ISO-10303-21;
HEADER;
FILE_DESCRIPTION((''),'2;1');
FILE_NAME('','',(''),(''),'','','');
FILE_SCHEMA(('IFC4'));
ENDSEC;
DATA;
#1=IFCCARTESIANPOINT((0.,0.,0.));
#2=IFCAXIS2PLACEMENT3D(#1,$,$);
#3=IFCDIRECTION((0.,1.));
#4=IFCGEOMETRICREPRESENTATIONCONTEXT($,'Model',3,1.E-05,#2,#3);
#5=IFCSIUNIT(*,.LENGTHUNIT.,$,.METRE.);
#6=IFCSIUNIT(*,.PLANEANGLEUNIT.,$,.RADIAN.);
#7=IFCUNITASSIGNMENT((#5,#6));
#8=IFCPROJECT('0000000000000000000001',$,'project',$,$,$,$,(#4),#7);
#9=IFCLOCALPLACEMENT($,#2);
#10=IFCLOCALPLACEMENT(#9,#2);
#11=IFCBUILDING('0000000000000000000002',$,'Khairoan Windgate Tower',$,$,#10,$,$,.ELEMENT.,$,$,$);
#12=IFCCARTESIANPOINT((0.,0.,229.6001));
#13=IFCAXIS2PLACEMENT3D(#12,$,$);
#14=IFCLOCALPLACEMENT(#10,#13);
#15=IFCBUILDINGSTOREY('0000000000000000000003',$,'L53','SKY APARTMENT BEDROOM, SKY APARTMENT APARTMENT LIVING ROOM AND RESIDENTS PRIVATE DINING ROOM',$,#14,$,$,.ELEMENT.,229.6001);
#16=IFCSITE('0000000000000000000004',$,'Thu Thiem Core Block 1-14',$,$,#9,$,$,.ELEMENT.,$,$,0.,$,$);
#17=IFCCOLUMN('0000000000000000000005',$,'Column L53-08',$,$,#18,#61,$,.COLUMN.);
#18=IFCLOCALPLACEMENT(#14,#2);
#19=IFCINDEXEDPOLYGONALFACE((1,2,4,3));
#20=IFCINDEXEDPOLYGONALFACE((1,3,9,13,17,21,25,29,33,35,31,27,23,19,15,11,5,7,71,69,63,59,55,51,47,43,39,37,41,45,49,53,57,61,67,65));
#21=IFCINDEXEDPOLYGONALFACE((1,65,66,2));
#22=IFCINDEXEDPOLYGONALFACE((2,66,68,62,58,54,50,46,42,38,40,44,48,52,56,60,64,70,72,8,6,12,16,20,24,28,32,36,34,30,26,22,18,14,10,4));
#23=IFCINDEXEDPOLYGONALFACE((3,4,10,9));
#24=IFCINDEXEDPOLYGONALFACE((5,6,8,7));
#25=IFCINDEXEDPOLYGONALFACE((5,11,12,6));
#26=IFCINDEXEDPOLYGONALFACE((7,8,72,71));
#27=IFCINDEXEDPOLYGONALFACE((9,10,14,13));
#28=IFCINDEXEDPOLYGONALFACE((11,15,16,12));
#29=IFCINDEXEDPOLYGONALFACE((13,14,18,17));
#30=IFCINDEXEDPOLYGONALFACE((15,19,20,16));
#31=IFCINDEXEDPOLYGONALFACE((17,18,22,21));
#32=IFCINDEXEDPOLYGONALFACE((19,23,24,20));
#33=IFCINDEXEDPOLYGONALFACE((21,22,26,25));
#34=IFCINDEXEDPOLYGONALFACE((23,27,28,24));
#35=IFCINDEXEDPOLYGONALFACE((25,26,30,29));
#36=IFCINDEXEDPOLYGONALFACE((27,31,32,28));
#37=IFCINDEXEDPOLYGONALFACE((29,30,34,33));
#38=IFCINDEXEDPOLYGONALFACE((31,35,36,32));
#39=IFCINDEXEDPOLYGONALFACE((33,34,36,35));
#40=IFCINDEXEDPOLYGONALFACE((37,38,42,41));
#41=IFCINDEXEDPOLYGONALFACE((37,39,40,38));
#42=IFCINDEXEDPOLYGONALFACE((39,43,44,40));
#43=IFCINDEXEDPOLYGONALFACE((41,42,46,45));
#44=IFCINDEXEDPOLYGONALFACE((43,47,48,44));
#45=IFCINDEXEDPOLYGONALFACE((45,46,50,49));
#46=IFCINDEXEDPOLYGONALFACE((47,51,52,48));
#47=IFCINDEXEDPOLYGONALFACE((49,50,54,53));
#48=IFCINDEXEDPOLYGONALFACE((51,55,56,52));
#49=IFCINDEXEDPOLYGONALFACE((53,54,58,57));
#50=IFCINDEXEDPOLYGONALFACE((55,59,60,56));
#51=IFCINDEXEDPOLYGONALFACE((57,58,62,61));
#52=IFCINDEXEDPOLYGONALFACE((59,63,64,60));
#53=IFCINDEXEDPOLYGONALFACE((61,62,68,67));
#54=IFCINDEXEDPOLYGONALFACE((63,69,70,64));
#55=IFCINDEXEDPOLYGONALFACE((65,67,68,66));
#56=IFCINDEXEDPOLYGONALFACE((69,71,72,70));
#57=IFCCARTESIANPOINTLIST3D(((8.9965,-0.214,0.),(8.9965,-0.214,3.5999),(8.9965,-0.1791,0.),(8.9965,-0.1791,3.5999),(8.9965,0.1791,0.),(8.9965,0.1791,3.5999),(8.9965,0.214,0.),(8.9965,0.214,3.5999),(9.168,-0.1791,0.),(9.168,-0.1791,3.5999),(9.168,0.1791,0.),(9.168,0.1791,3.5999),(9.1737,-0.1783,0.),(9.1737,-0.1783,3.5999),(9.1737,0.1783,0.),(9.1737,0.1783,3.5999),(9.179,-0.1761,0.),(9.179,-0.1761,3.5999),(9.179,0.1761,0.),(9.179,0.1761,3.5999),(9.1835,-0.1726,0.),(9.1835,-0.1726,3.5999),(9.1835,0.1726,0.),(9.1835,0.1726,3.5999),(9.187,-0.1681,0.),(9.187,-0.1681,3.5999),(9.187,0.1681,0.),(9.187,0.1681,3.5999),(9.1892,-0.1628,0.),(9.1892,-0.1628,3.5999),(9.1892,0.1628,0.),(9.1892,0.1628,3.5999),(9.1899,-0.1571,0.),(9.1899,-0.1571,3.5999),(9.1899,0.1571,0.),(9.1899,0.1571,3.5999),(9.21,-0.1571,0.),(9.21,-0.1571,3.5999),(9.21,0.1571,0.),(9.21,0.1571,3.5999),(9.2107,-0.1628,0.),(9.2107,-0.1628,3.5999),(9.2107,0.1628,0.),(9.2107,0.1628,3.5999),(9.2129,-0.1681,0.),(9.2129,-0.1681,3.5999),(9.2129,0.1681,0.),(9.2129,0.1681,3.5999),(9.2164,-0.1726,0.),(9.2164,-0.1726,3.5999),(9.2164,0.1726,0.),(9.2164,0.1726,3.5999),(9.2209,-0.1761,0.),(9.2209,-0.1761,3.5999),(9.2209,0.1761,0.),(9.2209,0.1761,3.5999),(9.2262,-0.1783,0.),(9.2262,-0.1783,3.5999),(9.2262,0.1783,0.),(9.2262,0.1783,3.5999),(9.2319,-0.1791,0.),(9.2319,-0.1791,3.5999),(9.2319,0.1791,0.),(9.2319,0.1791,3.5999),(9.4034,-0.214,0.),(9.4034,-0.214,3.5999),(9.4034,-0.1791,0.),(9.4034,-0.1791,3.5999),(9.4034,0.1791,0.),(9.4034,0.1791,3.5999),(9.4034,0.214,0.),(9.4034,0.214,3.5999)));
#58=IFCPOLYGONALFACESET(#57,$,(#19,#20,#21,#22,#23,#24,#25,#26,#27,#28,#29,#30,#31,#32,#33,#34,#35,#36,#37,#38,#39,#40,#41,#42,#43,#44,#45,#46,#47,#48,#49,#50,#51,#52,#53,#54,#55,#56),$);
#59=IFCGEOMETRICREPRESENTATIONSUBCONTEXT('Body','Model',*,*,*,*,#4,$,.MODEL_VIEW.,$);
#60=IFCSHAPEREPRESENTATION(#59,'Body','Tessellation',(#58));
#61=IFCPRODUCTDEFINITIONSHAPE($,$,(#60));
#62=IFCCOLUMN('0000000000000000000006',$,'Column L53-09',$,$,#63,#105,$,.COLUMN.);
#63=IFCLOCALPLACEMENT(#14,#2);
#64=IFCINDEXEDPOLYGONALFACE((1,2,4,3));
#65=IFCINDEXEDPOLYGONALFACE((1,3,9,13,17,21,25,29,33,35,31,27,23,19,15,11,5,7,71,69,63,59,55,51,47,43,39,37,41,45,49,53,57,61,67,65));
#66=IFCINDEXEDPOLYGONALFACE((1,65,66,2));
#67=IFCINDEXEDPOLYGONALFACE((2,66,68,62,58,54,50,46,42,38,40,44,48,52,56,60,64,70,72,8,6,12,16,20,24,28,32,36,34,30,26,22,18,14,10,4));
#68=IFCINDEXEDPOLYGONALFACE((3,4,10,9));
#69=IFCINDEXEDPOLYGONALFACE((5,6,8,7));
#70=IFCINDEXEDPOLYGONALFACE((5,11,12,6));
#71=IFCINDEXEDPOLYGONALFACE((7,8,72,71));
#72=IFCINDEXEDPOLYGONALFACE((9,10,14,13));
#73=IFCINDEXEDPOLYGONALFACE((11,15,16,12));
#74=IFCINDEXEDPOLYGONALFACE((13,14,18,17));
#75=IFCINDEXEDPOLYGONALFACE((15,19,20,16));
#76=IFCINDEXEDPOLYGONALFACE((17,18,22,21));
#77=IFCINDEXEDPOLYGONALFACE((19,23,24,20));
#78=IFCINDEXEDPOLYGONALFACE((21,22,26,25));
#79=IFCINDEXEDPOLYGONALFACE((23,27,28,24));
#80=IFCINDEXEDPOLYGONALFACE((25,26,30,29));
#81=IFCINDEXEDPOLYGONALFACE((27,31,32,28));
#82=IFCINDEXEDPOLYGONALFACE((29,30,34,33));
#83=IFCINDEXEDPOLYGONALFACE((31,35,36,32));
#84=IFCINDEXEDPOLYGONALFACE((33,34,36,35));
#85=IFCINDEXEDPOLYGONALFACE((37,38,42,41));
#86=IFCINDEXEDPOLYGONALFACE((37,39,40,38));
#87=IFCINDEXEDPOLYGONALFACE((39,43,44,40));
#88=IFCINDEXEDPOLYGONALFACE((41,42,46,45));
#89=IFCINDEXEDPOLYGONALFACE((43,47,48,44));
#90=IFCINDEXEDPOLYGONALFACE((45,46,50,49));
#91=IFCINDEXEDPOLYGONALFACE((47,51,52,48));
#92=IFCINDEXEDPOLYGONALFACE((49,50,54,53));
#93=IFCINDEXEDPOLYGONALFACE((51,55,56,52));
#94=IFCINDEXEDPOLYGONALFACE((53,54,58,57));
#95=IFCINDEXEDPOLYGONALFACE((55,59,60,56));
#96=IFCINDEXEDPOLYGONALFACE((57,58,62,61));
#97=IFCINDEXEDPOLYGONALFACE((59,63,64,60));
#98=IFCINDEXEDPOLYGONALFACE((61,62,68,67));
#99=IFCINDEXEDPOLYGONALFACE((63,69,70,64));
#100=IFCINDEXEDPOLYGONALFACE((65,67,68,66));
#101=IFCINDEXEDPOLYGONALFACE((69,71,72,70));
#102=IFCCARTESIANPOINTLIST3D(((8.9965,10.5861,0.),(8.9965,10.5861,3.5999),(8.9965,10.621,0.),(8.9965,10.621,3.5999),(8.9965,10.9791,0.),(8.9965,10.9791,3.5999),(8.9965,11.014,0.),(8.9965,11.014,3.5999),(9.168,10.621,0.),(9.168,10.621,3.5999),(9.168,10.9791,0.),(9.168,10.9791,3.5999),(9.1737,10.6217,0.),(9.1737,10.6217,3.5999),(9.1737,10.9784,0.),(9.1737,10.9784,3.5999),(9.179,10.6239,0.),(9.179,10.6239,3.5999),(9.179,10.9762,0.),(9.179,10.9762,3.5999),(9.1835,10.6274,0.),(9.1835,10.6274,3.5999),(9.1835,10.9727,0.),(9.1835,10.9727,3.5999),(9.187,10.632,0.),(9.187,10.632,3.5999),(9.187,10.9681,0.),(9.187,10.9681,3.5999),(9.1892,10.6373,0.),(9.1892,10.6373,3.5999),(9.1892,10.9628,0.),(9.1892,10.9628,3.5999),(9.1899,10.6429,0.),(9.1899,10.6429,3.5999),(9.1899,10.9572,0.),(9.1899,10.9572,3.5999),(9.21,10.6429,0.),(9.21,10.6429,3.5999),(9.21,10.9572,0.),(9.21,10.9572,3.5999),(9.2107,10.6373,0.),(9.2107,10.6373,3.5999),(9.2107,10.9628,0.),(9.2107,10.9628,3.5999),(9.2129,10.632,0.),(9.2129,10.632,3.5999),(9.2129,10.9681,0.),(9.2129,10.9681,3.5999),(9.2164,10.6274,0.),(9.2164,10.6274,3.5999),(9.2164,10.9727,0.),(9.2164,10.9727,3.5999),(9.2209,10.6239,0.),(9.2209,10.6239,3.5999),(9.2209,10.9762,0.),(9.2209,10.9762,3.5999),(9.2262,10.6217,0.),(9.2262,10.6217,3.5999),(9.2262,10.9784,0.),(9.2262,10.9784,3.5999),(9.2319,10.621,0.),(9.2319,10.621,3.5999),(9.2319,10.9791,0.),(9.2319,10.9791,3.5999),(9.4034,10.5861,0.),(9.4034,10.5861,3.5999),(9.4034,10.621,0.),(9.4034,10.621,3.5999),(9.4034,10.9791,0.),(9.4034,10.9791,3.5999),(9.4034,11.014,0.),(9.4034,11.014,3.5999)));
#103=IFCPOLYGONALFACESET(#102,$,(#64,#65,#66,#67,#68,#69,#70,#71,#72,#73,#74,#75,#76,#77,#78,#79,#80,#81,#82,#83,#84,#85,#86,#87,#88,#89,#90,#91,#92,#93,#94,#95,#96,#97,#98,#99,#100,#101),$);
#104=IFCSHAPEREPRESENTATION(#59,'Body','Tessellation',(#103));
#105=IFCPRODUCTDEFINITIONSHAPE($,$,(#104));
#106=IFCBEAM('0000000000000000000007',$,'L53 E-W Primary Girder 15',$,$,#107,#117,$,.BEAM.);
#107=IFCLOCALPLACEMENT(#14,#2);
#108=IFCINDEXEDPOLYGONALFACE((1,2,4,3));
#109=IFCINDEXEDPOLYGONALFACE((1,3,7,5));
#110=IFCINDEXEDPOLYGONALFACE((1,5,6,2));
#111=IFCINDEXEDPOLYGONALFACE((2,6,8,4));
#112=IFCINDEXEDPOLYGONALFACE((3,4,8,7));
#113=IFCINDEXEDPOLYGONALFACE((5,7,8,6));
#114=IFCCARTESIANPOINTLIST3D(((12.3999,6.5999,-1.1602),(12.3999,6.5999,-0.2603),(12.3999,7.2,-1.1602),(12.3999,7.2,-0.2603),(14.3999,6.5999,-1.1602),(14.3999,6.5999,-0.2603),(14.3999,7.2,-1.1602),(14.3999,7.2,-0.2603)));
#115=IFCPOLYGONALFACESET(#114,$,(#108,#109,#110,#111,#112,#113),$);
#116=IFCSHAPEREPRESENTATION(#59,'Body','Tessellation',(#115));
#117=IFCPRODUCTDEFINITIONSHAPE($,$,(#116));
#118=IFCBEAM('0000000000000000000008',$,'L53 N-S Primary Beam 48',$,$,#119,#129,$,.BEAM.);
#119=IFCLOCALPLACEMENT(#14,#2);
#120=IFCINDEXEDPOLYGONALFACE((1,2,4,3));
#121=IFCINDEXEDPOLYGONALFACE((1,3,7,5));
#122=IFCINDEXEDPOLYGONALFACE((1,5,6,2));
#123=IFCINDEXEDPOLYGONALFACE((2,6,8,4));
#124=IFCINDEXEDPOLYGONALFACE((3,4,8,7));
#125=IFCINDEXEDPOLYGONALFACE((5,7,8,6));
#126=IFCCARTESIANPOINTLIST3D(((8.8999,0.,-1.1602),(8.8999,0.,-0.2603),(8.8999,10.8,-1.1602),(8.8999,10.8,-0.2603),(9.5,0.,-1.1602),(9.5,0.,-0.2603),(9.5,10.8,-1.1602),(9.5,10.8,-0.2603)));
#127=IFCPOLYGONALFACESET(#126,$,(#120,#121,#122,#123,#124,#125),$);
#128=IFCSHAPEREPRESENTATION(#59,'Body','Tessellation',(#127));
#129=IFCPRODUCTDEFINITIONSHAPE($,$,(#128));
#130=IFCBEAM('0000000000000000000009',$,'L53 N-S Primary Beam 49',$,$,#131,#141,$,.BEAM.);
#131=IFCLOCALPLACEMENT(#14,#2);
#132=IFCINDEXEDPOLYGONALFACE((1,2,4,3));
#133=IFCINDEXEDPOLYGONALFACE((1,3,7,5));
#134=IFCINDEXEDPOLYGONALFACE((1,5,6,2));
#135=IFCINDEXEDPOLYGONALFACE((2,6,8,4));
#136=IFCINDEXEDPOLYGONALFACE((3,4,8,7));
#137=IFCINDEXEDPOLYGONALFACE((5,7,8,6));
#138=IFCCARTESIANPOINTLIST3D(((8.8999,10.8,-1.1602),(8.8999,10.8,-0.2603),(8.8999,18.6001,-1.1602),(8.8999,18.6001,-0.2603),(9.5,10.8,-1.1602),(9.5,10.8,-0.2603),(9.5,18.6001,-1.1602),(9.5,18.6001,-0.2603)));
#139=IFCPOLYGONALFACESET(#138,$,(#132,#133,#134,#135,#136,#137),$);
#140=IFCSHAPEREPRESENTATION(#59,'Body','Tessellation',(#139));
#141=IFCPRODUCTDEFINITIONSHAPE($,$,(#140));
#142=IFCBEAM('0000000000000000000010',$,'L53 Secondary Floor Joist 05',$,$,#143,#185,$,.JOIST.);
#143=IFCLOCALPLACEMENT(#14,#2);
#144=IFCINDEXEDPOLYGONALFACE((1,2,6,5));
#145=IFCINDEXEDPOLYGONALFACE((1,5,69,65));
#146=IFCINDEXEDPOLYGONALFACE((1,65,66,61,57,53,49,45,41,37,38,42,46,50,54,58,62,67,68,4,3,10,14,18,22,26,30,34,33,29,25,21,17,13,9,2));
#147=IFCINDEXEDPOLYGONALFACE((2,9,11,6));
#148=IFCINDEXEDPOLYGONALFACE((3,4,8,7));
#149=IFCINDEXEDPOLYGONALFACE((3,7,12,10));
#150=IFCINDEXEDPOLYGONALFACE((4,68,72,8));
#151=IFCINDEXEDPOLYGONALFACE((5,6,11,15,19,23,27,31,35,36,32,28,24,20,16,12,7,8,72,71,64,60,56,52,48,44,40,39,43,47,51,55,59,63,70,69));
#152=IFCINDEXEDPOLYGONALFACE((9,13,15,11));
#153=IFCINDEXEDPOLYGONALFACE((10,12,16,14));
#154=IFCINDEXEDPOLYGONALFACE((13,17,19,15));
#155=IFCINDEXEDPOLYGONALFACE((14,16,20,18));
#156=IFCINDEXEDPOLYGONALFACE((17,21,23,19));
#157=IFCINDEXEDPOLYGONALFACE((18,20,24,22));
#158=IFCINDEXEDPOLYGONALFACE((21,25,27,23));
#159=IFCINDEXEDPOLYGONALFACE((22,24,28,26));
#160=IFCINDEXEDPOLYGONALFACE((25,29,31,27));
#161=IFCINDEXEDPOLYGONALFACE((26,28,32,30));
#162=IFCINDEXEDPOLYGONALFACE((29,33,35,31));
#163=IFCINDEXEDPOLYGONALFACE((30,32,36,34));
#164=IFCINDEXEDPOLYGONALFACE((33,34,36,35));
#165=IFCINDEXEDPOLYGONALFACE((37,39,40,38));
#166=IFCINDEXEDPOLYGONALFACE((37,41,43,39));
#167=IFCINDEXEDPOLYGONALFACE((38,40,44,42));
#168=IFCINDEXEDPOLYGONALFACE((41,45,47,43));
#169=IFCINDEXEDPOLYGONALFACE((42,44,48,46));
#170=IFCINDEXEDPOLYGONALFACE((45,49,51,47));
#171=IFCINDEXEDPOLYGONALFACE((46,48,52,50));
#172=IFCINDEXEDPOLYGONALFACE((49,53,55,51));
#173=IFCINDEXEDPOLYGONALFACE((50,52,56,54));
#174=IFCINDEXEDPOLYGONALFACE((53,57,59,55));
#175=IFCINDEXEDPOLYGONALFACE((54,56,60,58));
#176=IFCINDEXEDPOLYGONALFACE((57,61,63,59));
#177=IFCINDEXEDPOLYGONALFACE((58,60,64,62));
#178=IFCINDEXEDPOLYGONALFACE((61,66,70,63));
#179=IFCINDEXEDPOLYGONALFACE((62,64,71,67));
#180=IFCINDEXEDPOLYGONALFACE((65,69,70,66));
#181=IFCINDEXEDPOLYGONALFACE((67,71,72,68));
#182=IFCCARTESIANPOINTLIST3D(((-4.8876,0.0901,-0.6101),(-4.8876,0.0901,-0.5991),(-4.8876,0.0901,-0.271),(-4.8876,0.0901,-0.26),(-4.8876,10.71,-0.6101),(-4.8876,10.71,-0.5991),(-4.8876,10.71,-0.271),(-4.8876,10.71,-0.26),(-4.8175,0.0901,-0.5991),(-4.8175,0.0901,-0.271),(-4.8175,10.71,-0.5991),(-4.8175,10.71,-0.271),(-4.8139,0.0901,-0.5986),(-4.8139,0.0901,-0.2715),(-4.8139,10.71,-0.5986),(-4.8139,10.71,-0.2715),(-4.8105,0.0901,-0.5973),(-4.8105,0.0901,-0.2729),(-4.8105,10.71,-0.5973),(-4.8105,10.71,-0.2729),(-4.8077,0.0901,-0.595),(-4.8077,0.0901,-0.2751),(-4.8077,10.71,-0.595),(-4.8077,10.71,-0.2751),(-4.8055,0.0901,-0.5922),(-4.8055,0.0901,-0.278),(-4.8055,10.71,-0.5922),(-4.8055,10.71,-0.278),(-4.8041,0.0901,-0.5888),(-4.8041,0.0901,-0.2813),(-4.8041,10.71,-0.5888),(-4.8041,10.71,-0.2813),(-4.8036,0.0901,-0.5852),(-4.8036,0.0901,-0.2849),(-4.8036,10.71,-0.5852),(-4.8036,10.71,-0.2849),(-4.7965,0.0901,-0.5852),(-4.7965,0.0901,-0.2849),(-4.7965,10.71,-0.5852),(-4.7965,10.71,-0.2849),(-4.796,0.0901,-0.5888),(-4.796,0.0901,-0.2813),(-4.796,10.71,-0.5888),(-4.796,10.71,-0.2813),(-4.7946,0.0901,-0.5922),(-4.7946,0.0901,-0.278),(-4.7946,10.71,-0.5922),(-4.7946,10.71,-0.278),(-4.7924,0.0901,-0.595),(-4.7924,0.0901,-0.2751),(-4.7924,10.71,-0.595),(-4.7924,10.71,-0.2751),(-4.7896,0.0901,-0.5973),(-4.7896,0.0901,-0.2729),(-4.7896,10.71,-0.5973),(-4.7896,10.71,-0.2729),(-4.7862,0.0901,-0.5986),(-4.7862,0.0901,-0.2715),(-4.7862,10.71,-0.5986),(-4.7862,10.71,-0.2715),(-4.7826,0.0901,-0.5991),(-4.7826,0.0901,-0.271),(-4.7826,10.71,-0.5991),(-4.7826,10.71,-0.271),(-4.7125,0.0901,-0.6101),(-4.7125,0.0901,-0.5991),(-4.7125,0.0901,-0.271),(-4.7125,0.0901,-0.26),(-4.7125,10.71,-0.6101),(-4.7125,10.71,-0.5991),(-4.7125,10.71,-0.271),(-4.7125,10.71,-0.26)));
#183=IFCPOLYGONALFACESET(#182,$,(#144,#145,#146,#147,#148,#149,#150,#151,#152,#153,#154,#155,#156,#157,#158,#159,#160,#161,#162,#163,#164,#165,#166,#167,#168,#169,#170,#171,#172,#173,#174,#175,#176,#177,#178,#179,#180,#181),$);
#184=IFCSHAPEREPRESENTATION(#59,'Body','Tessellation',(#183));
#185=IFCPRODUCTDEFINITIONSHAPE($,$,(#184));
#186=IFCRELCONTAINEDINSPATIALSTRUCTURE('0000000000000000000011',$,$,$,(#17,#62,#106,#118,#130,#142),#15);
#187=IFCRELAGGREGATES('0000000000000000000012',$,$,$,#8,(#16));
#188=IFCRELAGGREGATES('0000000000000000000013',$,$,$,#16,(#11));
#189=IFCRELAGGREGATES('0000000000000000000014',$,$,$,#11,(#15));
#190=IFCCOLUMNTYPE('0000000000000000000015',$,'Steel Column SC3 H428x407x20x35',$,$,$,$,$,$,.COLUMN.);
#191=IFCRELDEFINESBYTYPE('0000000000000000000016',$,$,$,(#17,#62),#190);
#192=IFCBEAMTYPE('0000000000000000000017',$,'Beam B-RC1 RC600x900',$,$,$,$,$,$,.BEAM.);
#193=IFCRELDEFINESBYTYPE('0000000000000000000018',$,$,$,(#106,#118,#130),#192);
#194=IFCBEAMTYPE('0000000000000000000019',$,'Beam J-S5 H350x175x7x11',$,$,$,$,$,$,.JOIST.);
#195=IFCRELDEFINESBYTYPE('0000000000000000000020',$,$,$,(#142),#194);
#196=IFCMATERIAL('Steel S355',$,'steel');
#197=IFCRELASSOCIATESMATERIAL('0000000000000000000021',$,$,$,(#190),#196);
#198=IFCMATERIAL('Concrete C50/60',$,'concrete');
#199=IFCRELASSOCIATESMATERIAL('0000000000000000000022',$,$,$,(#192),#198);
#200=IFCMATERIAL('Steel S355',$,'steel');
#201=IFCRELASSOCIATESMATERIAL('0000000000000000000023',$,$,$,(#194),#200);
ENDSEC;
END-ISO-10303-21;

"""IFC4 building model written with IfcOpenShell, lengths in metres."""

from ifc_helpers import new_model, si_unit, direction, frame, origin, origin_2d, place, context, subcontext, project, spatial, rectangle, i_section, extrude, material, material_profile, profile_set, type_object, element, save


model = new_model("IFC4")

# Units and contexts
model_context = context("Model", 3, precision=1e-05, world=origin(), true_north=direction((0.0, 1.0)))
body_context = subcontext(model_context, "Body", "Model", "MODEL_VIEW")
ifc_project = project(units=[si_unit("LENGTHUNIT", "METRE"), si_unit("PLANEANGLEUNIT", "RADIAN")], contexts=[model_context])

# Site, building, storey
site_placement = place(None, origin())
site = spatial("IfcSite", under=ifc_project, at=site_placement, Name="Thu Thiem Core Block 1-14", CompositionType="ELEMENT", RefElevation=0.0)
building_placement = place(site_placement, origin())
building = spatial("IfcBuilding", under=site, at=building_placement, Name="Khairoan Windgate Tower", CompositionType="ELEMENT")
storey_placement = place(building_placement, frame((0.0, 0.0, 229.6001)))
storey = spatial("IfcBuildingStorey", under=building, at=storey_placement, Name="L53", Description="SKY APARTMENT BEDROOM, SKY APARTMENT APARTMENT LIVING ROOM AND RESIDENTS PRIVATE DINING ROOM", CompositionType="ELEMENT", Elevation=229.6001)

# Columns
ifc_material_1 = material(Name="Steel S355", Category="steel")
ifc_material_profile_1 = material_profile(ifc_material_1, i_section(OverallWidth=0.407, OverallDepth=0.428, WebThickness=0.02, FlangeThickness=0.0349, FilletRadius=0.022, at=origin_2d()))
ifc_profile_set_1 = profile_set([ifc_material_profile_1], Name="Steel S355")
column_type = type_object("IfcColumnType", Name="Steel Column SC3 H428x407x20x35", PredefinedType="COLUMN", material=ifc_profile_set_1)
for number, where, z_axis, x_axis, name in (
    (1, (9.2, 0.0, 0.0), (0.0, 0.0, 1.0), (1.0, 0.0, 0.0), "Column L53-08"),
    (2, (9.2, 10.8, 0.0), (0.0, 0.0, 1.0), (1.0, 0.0, 0.0), "Column L53-09"),
):
    element("IfcColumn", number, at=place(storey_placement, frame(where, z_axis=z_axis, x_axis=x_axis)), inside=storey, type_object=column_type, Name=name, PredefinedType="COLUMN", context=body_context, shape_type="SweptSolid", body=[
        extrude(i_section(OverallWidth=0.407, OverallDepth=0.428, WebThickness=0.02, FlangeThickness=0.0349, FilletRadius=0.022, at=origin_2d()), origin(), (0.0, 0.0, 1.0), 3.5999),
    ])

# Beams
ifc_material_2 = material(Name="Concrete C50/60", Category="concrete")
ifc_material_profile_2 = material_profile(ifc_material_2, rectangle(XDim=0.6001, YDim=0.8999, at=origin_2d()))
ifc_profile_set_2 = profile_set([ifc_material_profile_2], Name="Concrete C50/60")
beam_type_1 = type_object("IfcBeamType", Name="Beam B-RC1 RC600x900", PredefinedType="BEAM", material=ifc_profile_set_2)
beam_1_placement = place(storey_placement, frame((12.3999, 6.8999, -0.7102), z_axis=(1.0, 0.0, 0.0), x_axis=(0.0, 1.0, 0.0)))
element("IfcBeam", 3, at=beam_1_placement, inside=storey, type_object=beam_type_1, Name="L53 E-W Primary Girder 15", PredefinedType="BEAM", context=body_context, shape_type="SweptSolid", body=[
    extrude(rectangle(XDim=0.6001, YDim=0.8999, at=origin_2d()), origin(), (0.0, 0.0, 1.0), 2.0),
])
beam_2_placement = place(storey_placement, frame((9.2, 0.0, -0.7102), z_axis=(0.0, 1.0, 0.0), x_axis=(-1.0, 0.0, 0.0)))
element("IfcBeam", 4, at=beam_2_placement, inside=storey, type_object=beam_type_1, Name="L53 N-S Primary Beam 48", PredefinedType="BEAM", context=body_context, shape_type="SweptSolid", body=[
    extrude(rectangle(XDim=0.6001, YDim=0.8999, at=origin_2d()), origin(), (0.0, 0.0, 1.0), 10.8),
])
beam_3_placement = place(storey_placement, frame((9.2, 10.8, -0.7102), z_axis=(0.0, 1.0, 0.0), x_axis=(-1.0, 0.0, 0.0)))
element("IfcBeam", 5, at=beam_3_placement, inside=storey, type_object=beam_type_1, Name="L53 N-S Primary Beam 49", PredefinedType="BEAM", context=body_context, shape_type="SweptSolid", body=[
    extrude(rectangle(XDim=0.6001, YDim=0.8999, at=origin_2d()), origin(), (0.0, 0.0, 1.0), 7.8),
])
ifc_material_3 = material(Name="Steel S355", Category="steel")
ifc_material_profile_3 = material_profile(ifc_material_3, i_section(OverallWidth=0.175, OverallDepth=0.3501, WebThickness=0.0071, FlangeThickness=0.011, FilletRadius=0.0139, at=origin_2d()))
ifc_profile_set_3 = profile_set([ifc_material_profile_3], Name="Steel S355")
beam_type_2 = type_object("IfcBeamType", Name="Beam J-S5 H350x175x7x11", PredefinedType="JOIST", material=ifc_profile_set_3)
beam_4_placement = place(storey_placement, frame((-4.8, 0.0901, -0.4351), z_axis=(0.0, 1.0, 0.0), x_axis=(-1.0, 0.0, 0.0)))
element("IfcBeam", 6, at=beam_4_placement, inside=storey, type_object=beam_type_2, Name="L53 Secondary Floor Joist 05", PredefinedType="JOIST", context=body_context, shape_type="SweptSolid", body=[
    extrude(i_section(OverallWidth=0.175, OverallDepth=0.3501, WebThickness=0.0071, FlangeThickness=0.011, FilletRadius=0.0139, at=origin_2d()), origin(), (0.0, 0.0, 1.0), 10.6199),
])

save(model, "model.ifc")
